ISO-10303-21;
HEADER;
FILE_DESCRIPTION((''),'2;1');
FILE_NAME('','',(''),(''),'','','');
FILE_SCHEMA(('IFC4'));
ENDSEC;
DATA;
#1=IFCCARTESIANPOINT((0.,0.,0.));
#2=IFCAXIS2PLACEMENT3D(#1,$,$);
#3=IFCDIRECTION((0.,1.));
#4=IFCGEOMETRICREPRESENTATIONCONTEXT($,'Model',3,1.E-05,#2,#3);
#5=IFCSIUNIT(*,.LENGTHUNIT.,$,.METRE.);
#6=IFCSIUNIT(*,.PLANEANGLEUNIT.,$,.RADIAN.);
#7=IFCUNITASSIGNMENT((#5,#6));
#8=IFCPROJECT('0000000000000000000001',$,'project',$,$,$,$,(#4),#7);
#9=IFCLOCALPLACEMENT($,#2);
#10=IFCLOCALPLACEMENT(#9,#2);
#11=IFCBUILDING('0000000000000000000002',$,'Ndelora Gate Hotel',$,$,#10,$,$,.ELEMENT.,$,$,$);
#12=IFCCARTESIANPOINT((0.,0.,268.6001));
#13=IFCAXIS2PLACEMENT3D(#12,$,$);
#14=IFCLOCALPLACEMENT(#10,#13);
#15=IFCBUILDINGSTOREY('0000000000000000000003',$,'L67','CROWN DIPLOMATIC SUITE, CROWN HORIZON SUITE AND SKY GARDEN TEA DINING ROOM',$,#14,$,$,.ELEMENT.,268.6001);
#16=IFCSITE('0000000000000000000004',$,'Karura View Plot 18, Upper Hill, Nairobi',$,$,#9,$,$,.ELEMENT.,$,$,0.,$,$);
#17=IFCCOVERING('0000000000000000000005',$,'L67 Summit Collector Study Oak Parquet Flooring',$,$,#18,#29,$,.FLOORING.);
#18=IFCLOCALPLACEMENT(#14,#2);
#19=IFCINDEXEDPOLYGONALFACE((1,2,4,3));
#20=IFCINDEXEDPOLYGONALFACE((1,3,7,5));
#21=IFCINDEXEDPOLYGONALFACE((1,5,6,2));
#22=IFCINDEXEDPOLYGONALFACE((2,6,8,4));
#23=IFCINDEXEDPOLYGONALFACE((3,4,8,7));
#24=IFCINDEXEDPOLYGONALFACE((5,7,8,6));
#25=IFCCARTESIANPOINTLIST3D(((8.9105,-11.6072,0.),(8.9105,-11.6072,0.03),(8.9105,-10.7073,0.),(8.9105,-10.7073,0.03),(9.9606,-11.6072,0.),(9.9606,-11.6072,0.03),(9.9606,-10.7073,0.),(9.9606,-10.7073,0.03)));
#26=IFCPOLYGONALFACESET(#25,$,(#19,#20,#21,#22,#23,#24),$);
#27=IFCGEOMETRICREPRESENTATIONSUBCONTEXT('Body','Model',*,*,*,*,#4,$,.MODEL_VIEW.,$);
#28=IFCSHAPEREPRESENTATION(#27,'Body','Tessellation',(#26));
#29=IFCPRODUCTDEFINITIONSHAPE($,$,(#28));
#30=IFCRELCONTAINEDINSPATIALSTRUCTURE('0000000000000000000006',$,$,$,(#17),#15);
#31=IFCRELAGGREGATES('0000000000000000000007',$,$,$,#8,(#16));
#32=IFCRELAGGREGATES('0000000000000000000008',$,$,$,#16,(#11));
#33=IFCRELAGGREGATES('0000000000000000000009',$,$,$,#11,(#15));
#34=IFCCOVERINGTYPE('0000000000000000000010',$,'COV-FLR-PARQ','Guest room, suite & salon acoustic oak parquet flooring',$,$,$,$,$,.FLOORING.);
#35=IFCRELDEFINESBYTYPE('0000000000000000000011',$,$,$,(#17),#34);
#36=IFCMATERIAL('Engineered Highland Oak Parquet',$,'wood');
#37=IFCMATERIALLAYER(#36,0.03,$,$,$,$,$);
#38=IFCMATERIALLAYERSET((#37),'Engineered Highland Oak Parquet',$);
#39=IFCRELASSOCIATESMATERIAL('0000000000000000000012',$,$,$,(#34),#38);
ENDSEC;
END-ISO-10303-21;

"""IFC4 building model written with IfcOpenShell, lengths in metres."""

from ifc_helpers import new_model, si_unit, direction, frame, origin, origin_2d, place, context, subcontext, project, spatial, rectangle, extrude, material, layer, layer_set, type_object, element, save


model = new_model("IFC4")

# Units and contexts
model_context = context("Model", 3, precision=1e-05, world=origin(), true_north=direction((0.0, 1.0)))
body_context = subcontext(model_context, "Body", "Model", "MODEL_VIEW")
ifc_project = project(units=[si_unit("LENGTHUNIT", "METRE"), si_unit("PLANEANGLEUNIT", "RADIAN")], contexts=[model_context])

# Site, building, storey
site_placement = place(None, origin())
site = spatial("IfcSite", under=ifc_project, at=site_placement, Name="Karura View Plot 18, Upper Hill, Nairobi", CompositionType="ELEMENT", RefElevation=0.0)
building_placement = place(site_placement, origin())
building = spatial("IfcBuilding", under=site, at=building_placement, Name="Ndelora Gate Hotel", CompositionType="ELEMENT")
storey_placement = place(building_placement, frame((0.0, 0.0, 268.6001)))
storey = spatial("IfcBuildingStorey", under=building, at=storey_placement, Name="L67", Description="CROWN DIPLOMATIC SUITE, CROWN HORIZON SUITE AND SKY GARDEN TEA DINING ROOM", CompositionType="ELEMENT", Elevation=268.6001)

# Covering
ifc_material_1 = material(Name="Engineered Highland Oak Parquet", Category="wood")
ifc_layer_1 = layer(ifc_material_1, 0.03)
ifc_layer_set_1 = layer_set([ifc_layer_1], Name="Engineered Highland Oak Parquet")
covering_type_1 = type_object("IfcCoveringType", Name="COV-FLR-PARQ", Description="Guest room, suite & salon acoustic oak parquet flooring", PredefinedType="FLOORING", material=ifc_layer_set_1)
covering_1_placement = place(storey_placement, frame((9.4355, -11.1572, 0.0), z_axis=(0.0, 0.0, 1.0), x_axis=(1.0, 0.0, 0.0)))
element("IfcCovering", 1, at=covering_1_placement, inside=storey, type_object=covering_type_1, Name="L67 Summit Collector Study Oak Parquet Flooring", PredefinedType="FLOORING", context=body_context, shape_type="SweptSolid", body=[
    extrude(rectangle(XDim=1.05, YDim=0.8999, at=origin_2d()), origin(), (0.0, 0.0, 1.0), 0.03),
])

save(model, "model.ifc")
